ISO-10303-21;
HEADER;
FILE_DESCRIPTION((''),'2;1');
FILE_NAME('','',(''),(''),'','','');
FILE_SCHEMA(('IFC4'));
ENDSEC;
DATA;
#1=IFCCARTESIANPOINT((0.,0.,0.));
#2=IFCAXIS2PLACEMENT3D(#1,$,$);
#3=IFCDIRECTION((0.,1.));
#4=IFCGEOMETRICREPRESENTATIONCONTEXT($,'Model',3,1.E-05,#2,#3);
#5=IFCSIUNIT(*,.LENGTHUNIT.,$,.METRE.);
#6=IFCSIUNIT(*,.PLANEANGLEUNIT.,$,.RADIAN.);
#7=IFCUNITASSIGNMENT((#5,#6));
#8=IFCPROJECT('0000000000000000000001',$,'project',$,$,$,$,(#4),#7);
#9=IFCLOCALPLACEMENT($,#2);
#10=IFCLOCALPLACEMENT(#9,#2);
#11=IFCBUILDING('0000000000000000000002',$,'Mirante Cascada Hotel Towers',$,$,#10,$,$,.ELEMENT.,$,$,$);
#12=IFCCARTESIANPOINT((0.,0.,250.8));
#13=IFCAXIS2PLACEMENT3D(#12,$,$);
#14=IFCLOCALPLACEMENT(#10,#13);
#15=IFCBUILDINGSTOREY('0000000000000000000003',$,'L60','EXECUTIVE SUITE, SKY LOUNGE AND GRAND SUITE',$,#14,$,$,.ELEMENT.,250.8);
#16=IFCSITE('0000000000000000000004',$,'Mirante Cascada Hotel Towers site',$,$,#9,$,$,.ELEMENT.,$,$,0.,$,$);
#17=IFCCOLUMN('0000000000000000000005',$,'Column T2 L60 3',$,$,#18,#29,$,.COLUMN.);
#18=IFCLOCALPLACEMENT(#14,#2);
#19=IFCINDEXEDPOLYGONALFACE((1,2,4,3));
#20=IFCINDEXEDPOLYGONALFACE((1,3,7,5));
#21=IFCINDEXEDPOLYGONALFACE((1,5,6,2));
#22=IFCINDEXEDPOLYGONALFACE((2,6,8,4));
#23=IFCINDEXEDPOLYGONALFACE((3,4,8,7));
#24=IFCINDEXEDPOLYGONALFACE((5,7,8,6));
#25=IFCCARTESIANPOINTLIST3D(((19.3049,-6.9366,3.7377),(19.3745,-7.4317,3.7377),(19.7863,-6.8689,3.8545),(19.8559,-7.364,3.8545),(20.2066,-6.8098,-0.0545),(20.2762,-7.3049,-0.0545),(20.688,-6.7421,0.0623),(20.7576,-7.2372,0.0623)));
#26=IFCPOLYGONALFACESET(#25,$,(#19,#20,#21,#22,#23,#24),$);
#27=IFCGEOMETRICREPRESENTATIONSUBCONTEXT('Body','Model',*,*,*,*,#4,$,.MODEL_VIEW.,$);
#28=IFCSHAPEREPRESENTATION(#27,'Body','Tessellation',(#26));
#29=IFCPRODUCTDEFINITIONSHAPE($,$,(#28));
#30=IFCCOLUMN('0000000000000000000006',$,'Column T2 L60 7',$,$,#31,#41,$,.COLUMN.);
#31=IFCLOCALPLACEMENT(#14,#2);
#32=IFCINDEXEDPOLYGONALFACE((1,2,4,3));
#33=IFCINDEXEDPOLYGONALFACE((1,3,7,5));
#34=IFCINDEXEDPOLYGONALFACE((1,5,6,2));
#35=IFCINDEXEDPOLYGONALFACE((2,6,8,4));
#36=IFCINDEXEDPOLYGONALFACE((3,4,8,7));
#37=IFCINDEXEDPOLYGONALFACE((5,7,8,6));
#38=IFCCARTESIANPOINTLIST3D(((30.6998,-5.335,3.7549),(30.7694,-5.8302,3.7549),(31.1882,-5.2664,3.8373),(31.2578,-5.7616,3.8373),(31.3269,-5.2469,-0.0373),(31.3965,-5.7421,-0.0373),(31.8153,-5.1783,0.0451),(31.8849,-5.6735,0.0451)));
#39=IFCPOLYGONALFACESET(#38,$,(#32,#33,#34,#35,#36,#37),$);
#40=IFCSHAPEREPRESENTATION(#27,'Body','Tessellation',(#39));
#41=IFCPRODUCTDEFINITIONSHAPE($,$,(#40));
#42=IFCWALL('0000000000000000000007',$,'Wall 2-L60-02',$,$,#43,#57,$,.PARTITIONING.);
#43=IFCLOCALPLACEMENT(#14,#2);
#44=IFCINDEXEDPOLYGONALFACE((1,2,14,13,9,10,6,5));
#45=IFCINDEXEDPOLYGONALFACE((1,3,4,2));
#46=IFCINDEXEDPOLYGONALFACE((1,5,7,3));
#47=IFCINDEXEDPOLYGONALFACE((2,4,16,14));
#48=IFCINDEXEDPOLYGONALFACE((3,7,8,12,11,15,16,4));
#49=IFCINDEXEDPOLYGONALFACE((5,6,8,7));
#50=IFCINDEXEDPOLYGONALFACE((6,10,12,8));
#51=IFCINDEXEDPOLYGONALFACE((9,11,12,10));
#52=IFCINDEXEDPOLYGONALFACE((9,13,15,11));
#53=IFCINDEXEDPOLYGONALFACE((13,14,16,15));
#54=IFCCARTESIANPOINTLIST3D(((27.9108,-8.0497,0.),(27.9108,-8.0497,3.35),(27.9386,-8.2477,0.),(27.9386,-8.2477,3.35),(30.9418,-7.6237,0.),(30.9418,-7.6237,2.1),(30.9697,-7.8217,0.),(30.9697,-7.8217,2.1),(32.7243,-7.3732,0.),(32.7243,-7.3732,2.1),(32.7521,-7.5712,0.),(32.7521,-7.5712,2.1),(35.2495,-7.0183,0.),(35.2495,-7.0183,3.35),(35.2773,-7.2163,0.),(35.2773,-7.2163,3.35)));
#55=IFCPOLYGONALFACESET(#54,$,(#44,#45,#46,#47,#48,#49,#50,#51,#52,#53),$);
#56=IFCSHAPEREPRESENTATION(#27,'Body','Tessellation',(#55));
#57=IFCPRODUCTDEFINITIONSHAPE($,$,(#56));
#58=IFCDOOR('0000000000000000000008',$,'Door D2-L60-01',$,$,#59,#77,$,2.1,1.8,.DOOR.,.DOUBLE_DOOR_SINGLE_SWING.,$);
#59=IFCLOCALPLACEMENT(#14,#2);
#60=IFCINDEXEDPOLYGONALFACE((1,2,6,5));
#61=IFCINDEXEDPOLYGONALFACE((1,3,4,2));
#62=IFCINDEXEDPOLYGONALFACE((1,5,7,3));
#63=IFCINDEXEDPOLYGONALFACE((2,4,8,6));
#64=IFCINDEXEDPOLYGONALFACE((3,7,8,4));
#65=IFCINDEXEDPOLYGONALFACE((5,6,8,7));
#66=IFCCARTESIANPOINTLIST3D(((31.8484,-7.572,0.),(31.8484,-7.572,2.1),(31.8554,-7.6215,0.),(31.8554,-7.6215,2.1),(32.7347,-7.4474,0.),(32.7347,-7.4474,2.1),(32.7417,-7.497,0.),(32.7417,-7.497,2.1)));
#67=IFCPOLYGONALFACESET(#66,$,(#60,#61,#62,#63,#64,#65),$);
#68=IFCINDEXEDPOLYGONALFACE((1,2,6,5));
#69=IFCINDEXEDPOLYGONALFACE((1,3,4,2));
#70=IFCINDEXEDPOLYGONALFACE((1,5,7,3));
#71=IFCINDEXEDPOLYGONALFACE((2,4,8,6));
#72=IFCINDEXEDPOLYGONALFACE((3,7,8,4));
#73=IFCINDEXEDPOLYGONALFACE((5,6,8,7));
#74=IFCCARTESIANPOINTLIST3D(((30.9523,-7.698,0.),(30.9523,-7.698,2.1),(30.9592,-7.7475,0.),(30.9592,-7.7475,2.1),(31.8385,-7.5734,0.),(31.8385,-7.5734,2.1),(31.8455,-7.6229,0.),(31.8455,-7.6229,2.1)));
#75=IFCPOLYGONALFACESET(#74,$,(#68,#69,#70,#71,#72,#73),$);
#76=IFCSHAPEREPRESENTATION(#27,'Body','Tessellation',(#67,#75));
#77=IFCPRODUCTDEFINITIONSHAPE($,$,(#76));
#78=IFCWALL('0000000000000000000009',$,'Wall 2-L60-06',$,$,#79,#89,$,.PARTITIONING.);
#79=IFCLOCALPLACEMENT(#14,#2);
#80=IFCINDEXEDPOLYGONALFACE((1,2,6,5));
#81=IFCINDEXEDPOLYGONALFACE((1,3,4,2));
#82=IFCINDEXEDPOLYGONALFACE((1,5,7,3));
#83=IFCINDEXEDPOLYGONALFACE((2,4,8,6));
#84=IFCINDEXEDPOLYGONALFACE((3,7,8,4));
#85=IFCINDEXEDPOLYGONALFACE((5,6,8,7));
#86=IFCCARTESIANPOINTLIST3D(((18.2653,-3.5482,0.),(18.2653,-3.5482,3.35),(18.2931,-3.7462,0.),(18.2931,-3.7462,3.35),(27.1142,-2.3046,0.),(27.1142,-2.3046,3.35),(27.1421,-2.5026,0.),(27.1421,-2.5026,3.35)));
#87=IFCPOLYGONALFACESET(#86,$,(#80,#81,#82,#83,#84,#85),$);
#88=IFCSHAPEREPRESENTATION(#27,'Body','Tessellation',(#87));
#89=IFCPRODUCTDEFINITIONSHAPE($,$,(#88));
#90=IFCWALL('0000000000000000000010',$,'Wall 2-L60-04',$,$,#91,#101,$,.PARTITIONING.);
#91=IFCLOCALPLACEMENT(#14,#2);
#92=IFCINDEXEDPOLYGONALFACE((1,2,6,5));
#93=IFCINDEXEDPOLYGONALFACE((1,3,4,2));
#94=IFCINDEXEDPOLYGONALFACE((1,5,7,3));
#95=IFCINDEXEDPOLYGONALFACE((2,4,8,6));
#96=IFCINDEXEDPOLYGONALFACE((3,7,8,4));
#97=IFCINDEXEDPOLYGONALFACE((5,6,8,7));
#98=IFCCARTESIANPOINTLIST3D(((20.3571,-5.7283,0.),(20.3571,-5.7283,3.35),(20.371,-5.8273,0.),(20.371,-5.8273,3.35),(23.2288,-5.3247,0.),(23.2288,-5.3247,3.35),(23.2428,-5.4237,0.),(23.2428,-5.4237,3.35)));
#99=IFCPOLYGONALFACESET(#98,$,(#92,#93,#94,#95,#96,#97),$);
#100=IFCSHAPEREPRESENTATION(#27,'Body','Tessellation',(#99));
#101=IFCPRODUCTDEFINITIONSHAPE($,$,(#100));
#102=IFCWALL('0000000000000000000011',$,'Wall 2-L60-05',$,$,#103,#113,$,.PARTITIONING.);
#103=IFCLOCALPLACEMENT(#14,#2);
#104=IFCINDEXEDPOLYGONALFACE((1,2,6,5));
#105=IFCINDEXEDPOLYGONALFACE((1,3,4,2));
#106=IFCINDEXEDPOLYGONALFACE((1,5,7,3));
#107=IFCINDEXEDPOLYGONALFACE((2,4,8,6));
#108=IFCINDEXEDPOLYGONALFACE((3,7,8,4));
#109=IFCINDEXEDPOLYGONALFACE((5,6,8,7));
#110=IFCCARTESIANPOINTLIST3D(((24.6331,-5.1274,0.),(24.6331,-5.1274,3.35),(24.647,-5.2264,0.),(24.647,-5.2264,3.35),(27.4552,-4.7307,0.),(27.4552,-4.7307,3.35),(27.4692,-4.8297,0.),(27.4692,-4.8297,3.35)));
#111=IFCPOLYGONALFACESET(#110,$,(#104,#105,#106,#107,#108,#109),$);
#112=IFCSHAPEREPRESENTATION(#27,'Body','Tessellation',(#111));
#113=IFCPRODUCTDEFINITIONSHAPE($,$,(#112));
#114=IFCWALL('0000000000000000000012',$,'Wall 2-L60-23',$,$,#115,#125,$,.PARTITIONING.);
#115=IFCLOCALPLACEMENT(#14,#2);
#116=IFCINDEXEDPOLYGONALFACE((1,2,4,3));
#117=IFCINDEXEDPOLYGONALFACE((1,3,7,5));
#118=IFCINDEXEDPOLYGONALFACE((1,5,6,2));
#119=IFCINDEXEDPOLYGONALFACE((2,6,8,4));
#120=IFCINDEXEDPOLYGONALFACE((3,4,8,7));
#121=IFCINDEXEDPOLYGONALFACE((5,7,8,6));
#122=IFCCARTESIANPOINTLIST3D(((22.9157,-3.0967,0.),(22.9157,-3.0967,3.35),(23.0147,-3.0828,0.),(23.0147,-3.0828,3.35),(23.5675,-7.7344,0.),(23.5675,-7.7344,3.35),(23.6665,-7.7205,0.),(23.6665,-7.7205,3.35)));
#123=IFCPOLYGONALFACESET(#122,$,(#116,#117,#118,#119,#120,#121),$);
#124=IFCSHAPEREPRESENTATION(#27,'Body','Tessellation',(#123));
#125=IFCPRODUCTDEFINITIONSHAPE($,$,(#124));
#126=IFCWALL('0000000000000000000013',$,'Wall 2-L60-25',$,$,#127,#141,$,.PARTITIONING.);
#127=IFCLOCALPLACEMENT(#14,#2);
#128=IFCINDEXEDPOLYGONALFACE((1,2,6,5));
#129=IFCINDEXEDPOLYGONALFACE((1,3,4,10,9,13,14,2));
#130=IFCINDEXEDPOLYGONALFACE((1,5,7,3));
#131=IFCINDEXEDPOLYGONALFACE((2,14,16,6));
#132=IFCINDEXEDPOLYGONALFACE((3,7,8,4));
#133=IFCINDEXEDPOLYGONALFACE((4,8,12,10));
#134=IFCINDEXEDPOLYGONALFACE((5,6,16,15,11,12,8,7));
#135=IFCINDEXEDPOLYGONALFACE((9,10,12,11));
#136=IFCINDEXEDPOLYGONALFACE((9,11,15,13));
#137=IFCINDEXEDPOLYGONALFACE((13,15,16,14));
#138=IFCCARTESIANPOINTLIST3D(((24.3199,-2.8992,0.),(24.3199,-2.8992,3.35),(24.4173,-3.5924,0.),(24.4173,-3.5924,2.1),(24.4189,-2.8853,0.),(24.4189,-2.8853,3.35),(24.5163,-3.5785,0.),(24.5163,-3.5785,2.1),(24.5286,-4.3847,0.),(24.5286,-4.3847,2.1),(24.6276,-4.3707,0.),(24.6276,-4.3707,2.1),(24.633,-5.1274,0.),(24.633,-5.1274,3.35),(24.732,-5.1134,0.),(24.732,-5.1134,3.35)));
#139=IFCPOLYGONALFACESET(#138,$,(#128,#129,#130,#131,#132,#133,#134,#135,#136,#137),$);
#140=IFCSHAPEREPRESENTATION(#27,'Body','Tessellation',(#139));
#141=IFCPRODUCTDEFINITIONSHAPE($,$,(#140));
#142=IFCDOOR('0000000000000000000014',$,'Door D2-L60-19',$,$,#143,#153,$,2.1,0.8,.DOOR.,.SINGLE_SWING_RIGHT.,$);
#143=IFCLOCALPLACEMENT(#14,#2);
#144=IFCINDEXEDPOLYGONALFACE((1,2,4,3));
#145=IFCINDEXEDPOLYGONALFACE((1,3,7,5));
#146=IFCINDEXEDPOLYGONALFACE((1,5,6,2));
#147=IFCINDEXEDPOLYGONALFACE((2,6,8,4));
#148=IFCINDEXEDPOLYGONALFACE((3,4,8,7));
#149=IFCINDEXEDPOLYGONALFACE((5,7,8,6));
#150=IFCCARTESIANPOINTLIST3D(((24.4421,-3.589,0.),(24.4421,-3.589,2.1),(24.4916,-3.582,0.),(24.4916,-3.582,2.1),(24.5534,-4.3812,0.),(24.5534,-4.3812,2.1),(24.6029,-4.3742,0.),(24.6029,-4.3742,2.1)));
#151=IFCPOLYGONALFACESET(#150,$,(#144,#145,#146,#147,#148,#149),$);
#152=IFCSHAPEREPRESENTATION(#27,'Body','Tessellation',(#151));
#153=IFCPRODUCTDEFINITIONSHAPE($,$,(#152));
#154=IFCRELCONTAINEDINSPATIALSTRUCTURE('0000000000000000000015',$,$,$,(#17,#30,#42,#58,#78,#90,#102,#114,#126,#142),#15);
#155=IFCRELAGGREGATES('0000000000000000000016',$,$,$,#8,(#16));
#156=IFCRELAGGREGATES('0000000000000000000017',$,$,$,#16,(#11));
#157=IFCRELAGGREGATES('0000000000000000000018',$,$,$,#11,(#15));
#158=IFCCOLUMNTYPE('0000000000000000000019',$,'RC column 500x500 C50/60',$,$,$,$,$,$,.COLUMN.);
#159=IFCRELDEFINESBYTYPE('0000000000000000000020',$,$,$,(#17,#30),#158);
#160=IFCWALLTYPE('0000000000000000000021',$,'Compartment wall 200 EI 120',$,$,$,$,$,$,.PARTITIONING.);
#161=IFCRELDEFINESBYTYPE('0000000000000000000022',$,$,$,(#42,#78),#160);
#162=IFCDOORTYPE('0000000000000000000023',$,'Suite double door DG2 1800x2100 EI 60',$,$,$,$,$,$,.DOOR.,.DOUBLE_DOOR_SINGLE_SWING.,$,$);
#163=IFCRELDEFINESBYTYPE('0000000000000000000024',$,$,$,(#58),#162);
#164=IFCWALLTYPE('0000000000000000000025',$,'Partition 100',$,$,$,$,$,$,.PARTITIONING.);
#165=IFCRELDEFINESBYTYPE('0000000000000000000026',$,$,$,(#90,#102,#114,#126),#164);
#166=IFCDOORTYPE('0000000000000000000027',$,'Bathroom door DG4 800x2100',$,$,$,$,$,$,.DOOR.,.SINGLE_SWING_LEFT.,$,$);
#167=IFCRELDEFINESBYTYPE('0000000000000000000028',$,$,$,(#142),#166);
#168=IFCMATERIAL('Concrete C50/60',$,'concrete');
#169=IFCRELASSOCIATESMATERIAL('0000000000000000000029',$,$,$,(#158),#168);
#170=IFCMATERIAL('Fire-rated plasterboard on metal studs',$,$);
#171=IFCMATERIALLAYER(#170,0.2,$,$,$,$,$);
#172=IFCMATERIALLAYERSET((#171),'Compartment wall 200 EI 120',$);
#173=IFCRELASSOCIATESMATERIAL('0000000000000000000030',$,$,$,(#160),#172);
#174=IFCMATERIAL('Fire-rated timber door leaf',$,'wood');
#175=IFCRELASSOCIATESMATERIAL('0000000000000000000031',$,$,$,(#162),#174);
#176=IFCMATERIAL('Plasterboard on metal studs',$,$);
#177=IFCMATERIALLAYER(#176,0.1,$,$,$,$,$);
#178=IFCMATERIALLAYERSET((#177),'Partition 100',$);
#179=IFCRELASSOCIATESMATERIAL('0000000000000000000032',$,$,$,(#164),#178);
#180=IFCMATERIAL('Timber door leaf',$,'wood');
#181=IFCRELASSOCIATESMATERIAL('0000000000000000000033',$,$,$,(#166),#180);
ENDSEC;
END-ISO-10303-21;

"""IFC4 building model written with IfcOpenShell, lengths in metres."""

from ifc_helpers import new_model, si_unit, direction, frame, frame_2d, origin, origin_2d, place, context, subcontext, project, spatial, rectangle, extrude, material, layer, layer_set, material_profile, profile_set, type_object, element, fill, save


model = new_model("IFC4")

# Units and contexts
model_context = context("Model", 3, precision=1e-05, world=origin(), true_north=direction((0.0, 1.0)))
body_context = subcontext(model_context, "Body", "Model", "MODEL_VIEW")
ifc_project = project(units=[si_unit("LENGTHUNIT", "METRE"), si_unit("PLANEANGLEUNIT", "RADIAN")], contexts=[model_context])

# Site, building, storey
site_placement = place(None, origin())
site = spatial("IfcSite", under=ifc_project, at=site_placement, Name="Mirante Cascada Hotel Towers site", CompositionType="ELEMENT", RefElevation=0.0)
building_placement = place(site_placement, origin())
building = spatial("IfcBuilding", under=site, at=building_placement, Name="Mirante Cascada Hotel Towers", CompositionType="ELEMENT")
storey_placement = place(building_placement, frame((0.0, 0.0, 250.8)))
storey = spatial("IfcBuildingStorey", under=building, at=storey_placement, Name="L60", Description="EXECUTIVE SUITE, SKY LOUNGE AND GRAND SUITE", CompositionType="ELEMENT", Elevation=250.8)

# Columns
ifc_material_1 = material(Name="Concrete C50/60", Category="concrete")
ifc_material_profile = material_profile(ifc_material_1, rectangle(XDim=0.5, YDim=0.5, at=origin_2d()), Name="RC column 500x500 C50/60")
ifc_profile_set = profile_set([ifc_material_profile], Name="Concrete C50/60")
column_type = type_object("IfcColumnType", Name="RC column 500x500 C50/60", PredefinedType="COLUMN", material=ifc_profile_set)
column_1_placement = place(storey_placement, frame((20.4821, -7.0235, 0.0039), z_axis=(-0.231206, -0.032513, 0.972361), x_axis=(0.139253, -0.990257, 0.0)))
element("IfcColumn", 1, at=column_1_placement, inside=storey, type_object=column_type, Name="Column T2 L60 3", PredefinedType="COLUMN", context=body_context, shape_type="SweptSolid", body=[
    extrude(rectangle(XDim=0.5, YDim=0.5, at=origin_2d()), origin(), (0.0, 0.0, 1.0), 3.9),
])
column_2_placement = place(storey_placement, frame((31.6059, -5.4602, 0.0039), z_axis=(-0.163107, -0.022915, 0.986342), x_axis=(0.139122, -0.990275, 0.0)))
element("IfcColumn", 2, at=column_2_placement, inside=storey, type_object=column_type, Name="Column T2 L60 7", PredefinedType="COLUMN", context=body_context, shape_type="SweptSolid", body=[
    extrude(rectangle(XDim=0.5, YDim=0.5, at=origin_2d()), origin(), (0.0, 0.0, 1.0), 3.8447),
])

# Wall, opening, door
ifc_material_2 = material(Name="Fire-rated plasterboard on metal studs")
ifc_layer_1 = layer(ifc_material_2, 0.2)
ifc_layer_set_1 = layer_set([ifc_layer_1], Name="Compartment wall 200 EI 120")
wall_type_1 = type_object("IfcWallType", Name="Compartment wall 200 EI 120", PredefinedType="PARTITIONING", material=ifc_layer_set_1)
wall_1_placement = place(storey_placement, frame((35.2634, -7.1173, 0.0), z_axis=(0.0, 0.0, 1.0), x_axis=(-0.990268, -0.139175, 0.0)))
wall_1 = element("IfcWall", 3, at=wall_1_placement, inside=storey, type_object=wall_type_1, Name="Wall 2-L60-02", PredefinedType="PARTITIONING", context=body_context, shape_type="SweptSolid", body=[
    extrude(rectangle(XDim=7.4108, YDim=0.2, at=frame_2d((3.7054, 0.0))), origin(), (0.0, 0.0, 1.0), 3.35),
])
opening_1_placement = place(wall_1_placement, frame((2.55, 0.0, 0.0)))
opening_1 = element("IfcOpeningElement", 4, at=opening_1_placement, cuts=wall_1, PredefinedType="OPENING", context=body_context, shape_type="SweptSolid", body=[
    extrude(rectangle(XDim=1.8, YDim=2.1, at=frame_2d((0.9, 1.05))), frame((0.0, 0.1, 0.0), z_axis=(0.0, -1.0, 0.0), x_axis=(1.0, 0.0, 0.0)), (0.0, 0.0, 1.0), 0.2),
])
ifc_material_3 = material(Name="Fire-rated timber door leaf", Category="wood")
door_type_1 = type_object("IfcDoorType", Name="Suite double door DG2 1800x2100 EI 60", OperationType="DOUBLE_DOOR_SINGLE_SWING", PredefinedType="DOOR", material=ifc_material_3)
door_1_placement = place(opening_1_placement, origin())
door_1 = element("IfcDoor", 5, at=door_1_placement, inside=storey, type_object=door_type_1, Name="Door D2-L60-01", OperationType="DOUBLE_DOOR_SINGLE_SWING", OverallHeight=2.1, OverallWidth=1.8, PredefinedType="DOOR", context=body_context, shape_type="SweptSolid", body=[
    extrude(rectangle(XDim=0.895, YDim=2.1, at=frame_2d((0.4475, 1.05))), frame((0.0, 0.025, 0.0), z_axis=(0.0, -1.0, 0.0), x_axis=(1.0, 0.0, 0.0)), (0.0, 0.0, 1.0), 0.05),
    extrude(rectangle(XDim=0.895, YDim=2.1, at=frame_2d((1.3525, 1.05))), frame((0.0, 0.025, 0.0), z_axis=(0.0, -1.0, 0.0), x_axis=(1.0, 0.0, 0.0)), (0.0, 0.0, 1.0), 0.05),
])
fill(opening_1, door_1)

# Walls
wall_2_placement = place(storey_placement, frame((27.1282, -2.4036, 0.0), z_axis=(0.0, 0.0, 1.0), x_axis=(-0.990269, -0.13917, 0.0)))
element("IfcWall", 6, at=wall_2_placement, inside=storey, type_object=wall_type_1, Name="Wall 2-L60-06", PredefinedType="PARTITIONING", context=body_context, shape_type="SweptSolid", body=[
    extrude(rectangle(XDim=8.9359, YDim=0.2, at=frame_2d((4.468, 0.0))), origin(), (0.0, 0.0, 1.0), 3.35),
])
ifc_material_4 = material(Name="Plasterboard on metal studs")
ifc_layer_2 = layer(ifc_material_4, 0.1)
ifc_layer_set_2 = layer_set([ifc_layer_2], Name="Partition 100")
wall_type_2 = type_object("IfcWallType", Name="Partition 100", PredefinedType="PARTITIONING", material=ifc_layer_set_2)
wall_3_placement = place(storey_placement, frame((23.2358, -5.3742, 0.0), z_axis=(0.0, 0.0, 1.0), x_axis=(-0.990268, -0.139171, 0.0)))
element("IfcWall", 7, at=wall_3_placement, inside=storey, type_object=wall_type_2, Name="Wall 2-L60-04", PredefinedType="PARTITIONING", context=body_context, shape_type="SweptSolid", body=[
    extrude(rectangle(XDim=2.9, YDim=0.1, at=frame_2d((1.45, 0.0))), origin(), (0.0, 0.0, 1.0), 3.35),
])
wall_4_placement = place(storey_placement, frame((24.64, -5.1769, 0.0), z_axis=(0.0, 0.0, 1.0), x_axis=(0.990265, 0.139196, 0.0)))
element("IfcWall", 8, at=wall_4_placement, inside=storey, type_object=wall_type_2, Name="Wall 2-L60-05", PredefinedType="PARTITIONING", context=body_context, shape_type="SweptSolid", body=[
    extrude(rectangle(XDim=2.8499, YDim=0.1, at=frame_2d((1.425, 0.0))), origin(), (0.0, 0.0, 1.0), 3.35),
])
wall_5_placement = place(storey_placement, frame((23.617, -7.7274, 0.0), z_axis=(0.0, 0.0, 1.0), x_axis=(-0.139176, 0.990268, 0.0)))
element("IfcWall", 9, at=wall_5_placement, inside=storey, type_object=wall_type_2, Name="Wall 2-L60-23", PredefinedType="PARTITIONING", context=body_context, shape_type="SweptSolid", body=[
    extrude(rectangle(XDim=4.6833, YDim=0.1, at=frame_2d((2.3416, 0.0))), origin(), (0.0, 0.0, 1.0), 3.35),
])

# Wall, opening, door
wall_6_placement = place(storey_placement, frame((24.6825, -5.1204, 0.0), z_axis=(0.0, 0.0, 1.0), x_axis=(-0.139156, 0.990271, 0.0)))
wall_6 = element("IfcWall", 10, at=wall_6_placement, inside=storey, type_object=wall_type_2, Name="Wall 2-L60-25", PredefinedType="PARTITIONING", context=body_context, shape_type="SweptSolid", body=[
    extrude(rectangle(XDim=2.25, YDim=0.1, at=frame_2d((1.125, 0.0))), origin(), (0.0, 0.0, 1.0), 3.35),
])
opening_2_placement = place(wall_6_placement, frame((0.75, 0.0, 0.0)))
opening_2 = element("IfcOpeningElement", 11, at=opening_2_placement, cuts=wall_6, PredefinedType="OPENING", context=body_context, shape_type="SweptSolid", body=[
    extrude(rectangle(XDim=0.8, YDim=2.1, at=frame_2d((0.4, 1.05))), frame((0.0, 0.05, 0.0), z_axis=(0.0, -1.0, 0.0), x_axis=(1.0, 0.0, 0.0)), (0.0, 0.0, 1.0), 0.1),
])
ifc_material_5 = material(Name="Timber door leaf", Category="wood")
door_type_2 = type_object("IfcDoorType", Name="Bathroom door DG4 800x2100", OperationType="SINGLE_SWING_LEFT", PredefinedType="DOOR", material=ifc_material_5)
door_2_placement = place(opening_2_placement, frame((0.8, 0.0, 0.0), z_axis=(0.0, 0.0, 1.0), x_axis=(-1.0, 0.0, 0.0)))
door_2 = element("IfcDoor", 12, at=door_2_placement, inside=storey, type_object=door_type_2, Name="Door D2-L60-19", OperationType="SINGLE_SWING_RIGHT", OverallHeight=2.1, OverallWidth=0.8, PredefinedType="DOOR", context=body_context, shape_type="SweptSolid", body=[
    extrude(rectangle(XDim=0.8, YDim=2.1, at=frame_2d((0.4, 1.05))), frame((0.0, 0.025, 0.0), z_axis=(0.0, -1.0, 0.0), x_axis=(1.0, 0.0, 0.0)), (0.0, 0.0, 1.0), 0.05),
])
fill(opening_2, door_2)

save(model, "model.ifc")
